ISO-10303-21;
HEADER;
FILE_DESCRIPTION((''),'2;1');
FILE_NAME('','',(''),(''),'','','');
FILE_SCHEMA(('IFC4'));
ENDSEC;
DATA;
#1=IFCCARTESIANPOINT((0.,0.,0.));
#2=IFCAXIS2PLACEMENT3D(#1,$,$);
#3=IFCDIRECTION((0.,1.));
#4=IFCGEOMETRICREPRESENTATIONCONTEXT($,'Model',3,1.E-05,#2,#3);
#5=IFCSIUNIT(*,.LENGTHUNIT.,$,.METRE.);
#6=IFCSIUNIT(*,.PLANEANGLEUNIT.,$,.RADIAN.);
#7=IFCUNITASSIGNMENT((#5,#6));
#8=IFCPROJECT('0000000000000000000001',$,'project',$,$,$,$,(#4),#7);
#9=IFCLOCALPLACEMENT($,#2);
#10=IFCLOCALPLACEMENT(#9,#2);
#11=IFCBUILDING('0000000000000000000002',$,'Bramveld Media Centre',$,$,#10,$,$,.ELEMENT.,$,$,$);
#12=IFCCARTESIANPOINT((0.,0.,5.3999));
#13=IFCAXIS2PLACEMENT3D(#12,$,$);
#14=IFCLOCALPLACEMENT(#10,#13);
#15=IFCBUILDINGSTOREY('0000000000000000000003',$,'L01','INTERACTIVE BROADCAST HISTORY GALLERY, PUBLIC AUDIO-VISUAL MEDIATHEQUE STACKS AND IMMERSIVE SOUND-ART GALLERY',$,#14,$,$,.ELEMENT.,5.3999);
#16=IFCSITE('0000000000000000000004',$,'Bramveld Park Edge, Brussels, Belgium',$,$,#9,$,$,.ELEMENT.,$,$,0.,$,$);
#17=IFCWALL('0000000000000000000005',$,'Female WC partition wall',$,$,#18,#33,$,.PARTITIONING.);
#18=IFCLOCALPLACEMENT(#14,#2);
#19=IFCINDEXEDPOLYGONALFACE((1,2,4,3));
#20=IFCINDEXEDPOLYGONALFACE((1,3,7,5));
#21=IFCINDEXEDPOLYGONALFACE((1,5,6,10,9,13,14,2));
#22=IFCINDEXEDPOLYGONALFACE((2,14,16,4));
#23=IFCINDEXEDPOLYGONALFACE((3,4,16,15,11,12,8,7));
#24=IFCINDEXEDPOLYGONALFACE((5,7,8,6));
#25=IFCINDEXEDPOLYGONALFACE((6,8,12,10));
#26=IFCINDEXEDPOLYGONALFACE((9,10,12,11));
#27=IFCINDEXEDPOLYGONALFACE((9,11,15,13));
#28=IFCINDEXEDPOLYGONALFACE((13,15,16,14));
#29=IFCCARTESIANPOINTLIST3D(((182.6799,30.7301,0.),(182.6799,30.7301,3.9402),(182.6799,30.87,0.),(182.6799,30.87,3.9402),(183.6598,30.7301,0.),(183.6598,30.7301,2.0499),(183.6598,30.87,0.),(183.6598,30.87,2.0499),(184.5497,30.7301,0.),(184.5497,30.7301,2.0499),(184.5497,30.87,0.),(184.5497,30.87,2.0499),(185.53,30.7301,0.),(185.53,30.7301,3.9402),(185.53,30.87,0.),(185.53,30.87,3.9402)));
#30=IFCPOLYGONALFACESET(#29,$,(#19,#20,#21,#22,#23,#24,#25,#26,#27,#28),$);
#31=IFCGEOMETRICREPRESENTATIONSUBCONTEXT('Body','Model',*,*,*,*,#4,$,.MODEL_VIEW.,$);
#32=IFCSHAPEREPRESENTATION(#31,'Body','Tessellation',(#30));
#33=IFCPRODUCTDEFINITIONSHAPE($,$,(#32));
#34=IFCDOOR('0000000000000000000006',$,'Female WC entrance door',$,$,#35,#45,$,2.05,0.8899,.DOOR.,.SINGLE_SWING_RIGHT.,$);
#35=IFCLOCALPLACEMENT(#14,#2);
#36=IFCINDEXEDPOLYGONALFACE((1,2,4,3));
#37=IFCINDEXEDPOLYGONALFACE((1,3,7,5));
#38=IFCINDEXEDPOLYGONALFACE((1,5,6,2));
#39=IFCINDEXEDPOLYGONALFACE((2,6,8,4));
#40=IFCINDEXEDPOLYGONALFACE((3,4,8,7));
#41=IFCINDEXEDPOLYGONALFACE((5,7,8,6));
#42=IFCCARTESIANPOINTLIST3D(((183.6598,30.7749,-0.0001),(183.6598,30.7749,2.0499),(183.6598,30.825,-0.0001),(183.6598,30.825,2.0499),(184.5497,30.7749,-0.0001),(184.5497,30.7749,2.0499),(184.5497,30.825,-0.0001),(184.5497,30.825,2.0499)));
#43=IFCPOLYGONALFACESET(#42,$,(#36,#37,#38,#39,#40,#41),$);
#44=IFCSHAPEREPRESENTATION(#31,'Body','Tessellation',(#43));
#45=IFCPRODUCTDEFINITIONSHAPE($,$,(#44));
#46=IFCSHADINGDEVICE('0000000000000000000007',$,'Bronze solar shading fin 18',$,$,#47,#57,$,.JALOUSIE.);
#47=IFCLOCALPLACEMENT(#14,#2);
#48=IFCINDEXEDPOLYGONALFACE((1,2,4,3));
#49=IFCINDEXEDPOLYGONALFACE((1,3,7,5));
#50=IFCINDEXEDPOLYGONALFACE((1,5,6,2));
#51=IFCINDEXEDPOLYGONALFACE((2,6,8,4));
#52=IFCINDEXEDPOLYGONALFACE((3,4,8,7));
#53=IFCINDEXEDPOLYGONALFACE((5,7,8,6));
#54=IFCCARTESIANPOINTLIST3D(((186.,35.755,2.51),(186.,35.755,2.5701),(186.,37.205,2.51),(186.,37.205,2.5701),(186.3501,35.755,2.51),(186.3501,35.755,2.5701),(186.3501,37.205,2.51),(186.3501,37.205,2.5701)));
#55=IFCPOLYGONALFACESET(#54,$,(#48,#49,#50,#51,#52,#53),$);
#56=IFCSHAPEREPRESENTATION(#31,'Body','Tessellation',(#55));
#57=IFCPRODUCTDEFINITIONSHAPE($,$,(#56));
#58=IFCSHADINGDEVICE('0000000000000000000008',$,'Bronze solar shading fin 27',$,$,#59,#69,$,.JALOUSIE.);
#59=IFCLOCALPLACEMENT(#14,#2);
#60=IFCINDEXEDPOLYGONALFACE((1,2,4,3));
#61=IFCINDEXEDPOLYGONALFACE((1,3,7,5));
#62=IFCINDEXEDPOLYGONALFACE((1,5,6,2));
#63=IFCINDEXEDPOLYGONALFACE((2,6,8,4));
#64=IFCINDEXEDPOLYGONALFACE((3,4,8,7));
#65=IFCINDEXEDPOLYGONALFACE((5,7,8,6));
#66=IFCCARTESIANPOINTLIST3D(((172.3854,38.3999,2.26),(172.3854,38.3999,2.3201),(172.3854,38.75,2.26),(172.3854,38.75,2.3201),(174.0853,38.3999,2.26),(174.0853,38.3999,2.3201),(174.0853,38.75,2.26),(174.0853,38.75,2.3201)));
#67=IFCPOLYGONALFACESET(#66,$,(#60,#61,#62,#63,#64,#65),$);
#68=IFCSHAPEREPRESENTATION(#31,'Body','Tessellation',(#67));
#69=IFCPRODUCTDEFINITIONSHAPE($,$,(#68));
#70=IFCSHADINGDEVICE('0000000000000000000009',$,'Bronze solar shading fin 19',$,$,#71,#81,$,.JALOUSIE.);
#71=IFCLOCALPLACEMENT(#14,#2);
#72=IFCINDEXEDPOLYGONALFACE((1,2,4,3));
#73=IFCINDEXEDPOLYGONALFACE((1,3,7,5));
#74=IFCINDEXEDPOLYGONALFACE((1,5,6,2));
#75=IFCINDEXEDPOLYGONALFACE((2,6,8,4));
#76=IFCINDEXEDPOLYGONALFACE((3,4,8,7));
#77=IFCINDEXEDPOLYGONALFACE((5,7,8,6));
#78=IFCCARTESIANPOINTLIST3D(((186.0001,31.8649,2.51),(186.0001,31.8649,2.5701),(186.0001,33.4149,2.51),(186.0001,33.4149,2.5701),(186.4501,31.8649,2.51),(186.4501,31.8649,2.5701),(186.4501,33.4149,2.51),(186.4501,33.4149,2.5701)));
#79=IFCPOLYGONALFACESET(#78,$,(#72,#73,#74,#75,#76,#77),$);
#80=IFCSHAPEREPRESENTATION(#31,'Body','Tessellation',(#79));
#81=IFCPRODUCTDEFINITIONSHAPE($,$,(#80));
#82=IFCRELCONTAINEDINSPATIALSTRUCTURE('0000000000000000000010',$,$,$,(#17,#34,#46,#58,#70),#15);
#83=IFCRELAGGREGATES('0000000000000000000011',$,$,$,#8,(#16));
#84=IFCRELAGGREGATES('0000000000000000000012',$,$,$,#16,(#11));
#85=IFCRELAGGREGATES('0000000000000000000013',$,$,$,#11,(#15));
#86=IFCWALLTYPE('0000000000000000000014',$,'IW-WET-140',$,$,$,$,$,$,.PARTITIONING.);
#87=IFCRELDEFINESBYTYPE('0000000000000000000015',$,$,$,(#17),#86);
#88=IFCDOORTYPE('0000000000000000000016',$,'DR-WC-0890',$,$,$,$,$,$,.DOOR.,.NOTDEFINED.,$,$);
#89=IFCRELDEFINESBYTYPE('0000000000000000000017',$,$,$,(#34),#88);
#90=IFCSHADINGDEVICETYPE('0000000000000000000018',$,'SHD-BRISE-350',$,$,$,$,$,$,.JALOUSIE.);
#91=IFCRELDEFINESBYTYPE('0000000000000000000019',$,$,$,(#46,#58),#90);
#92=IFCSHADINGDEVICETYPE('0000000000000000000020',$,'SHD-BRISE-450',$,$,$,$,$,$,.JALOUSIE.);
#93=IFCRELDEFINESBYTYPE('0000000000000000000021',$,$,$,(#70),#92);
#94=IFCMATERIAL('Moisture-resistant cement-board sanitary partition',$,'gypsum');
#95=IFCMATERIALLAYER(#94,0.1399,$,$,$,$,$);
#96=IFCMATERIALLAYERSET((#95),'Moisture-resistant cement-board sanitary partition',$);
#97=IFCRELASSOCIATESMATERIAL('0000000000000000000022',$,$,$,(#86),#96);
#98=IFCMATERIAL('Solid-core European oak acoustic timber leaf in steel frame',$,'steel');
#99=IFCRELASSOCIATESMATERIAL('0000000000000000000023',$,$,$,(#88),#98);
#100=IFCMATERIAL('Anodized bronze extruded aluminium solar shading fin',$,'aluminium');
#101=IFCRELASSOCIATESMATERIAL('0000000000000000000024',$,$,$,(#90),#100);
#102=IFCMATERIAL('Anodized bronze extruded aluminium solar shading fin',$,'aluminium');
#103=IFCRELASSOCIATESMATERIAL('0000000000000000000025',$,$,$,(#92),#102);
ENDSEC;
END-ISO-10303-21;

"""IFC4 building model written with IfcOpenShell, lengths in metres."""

from ifc_helpers import new_model, si_unit, direction, frame, frame_2d, origin, origin_2d, place, context, subcontext, project, spatial, rectangle, extrude, material, layer, layer_set, type_object, element, fill, save


model = new_model("IFC4")

# Units and contexts
model_context = context("Model", 3, precision=1e-05, world=origin(), true_north=direction((0.0, 1.0)))
body_context = subcontext(model_context, "Body", "Model", "MODEL_VIEW")
ifc_project = project(units=[si_unit("LENGTHUNIT", "METRE"), si_unit("PLANEANGLEUNIT", "RADIAN")], contexts=[model_context])

# Site, building, storey
site_placement = place(None, origin())
site = spatial("IfcSite", under=ifc_project, at=site_placement, Name="Bramveld Park Edge, Brussels, Belgium", CompositionType="ELEMENT", RefElevation=0.0)
building_placement = place(site_placement, origin())
building = spatial("IfcBuilding", under=site, at=building_placement, Name="Bramveld Media Centre", CompositionType="ELEMENT")
storey_placement = place(building_placement, frame((0.0, 0.0, 5.3999)))
storey = spatial("IfcBuildingStorey", under=building, at=storey_placement, Name="L01", Description="INTERACTIVE BROADCAST HISTORY GALLERY, PUBLIC AUDIO-VISUAL MEDIATHEQUE STACKS AND IMMERSIVE SOUND-ART GALLERY", CompositionType="ELEMENT", Elevation=5.3999)

# Shared definitions
ifc_material_1 = material(Name="Moisture-resistant cement-board sanitary partition", Category="gypsum")
ifc_layer_1 = layer(ifc_material_1, 0.1399)
ifc_layer_set_1 = layer_set([ifc_layer_1], Name="Moisture-resistant cement-board sanitary partition")
wall_type_1 = type_object("IfcWallType", Name="IW-WET-140", PredefinedType="PARTITIONING", material=ifc_layer_set_1)

# Wall, opening, door
wall_1_placement = place(storey_placement, frame((182.6799, 30.8, 0.0), z_axis=(0.0, 0.0, 1.0), x_axis=(1.0, 0.0, 0.0)))
wall_1 = element("IfcWall", 1, at=wall_1_placement, inside=storey, type_object=wall_type_1, Name="Female WC partition wall", PredefinedType="PARTITIONING", context=body_context, shape_type="SweptSolid", body=[
    extrude(rectangle(XDim=2.8501, YDim=0.1399, at=frame_2d((1.425, 0.0))), origin(), (0.0, 0.0, 1.0), 3.9402),
])
opening_1_placement = place(wall_1_placement, frame((0.98, 0.0, 0.0)))
opening_1 = element("IfcOpeningElement", 2, at=opening_1_placement, cuts=wall_1, PredefinedType="OPENING", context=body_context, shape_type="SweptSolid", body=[
    extrude(rectangle(XDim=0.8899, YDim=2.05, at=frame_2d((0.4448, 1.0249))), frame((0.0, 0.082, 0.0), z_axis=(0.0, -1.0, 0.0), x_axis=(1.0, 0.0, 0.0)), (0.0, 0.0, 1.0), 0.1638),
])
ifc_material_2 = material(Name="Solid-core European oak acoustic timber leaf in steel frame", Category="steel")
door_type_1 = type_object("IfcDoorType", Name="DR-WC-0890", OperationType="NOTDEFINED", PredefinedType="DOOR", material=ifc_material_2)
door_1_placement = place(opening_1_placement, origin())
door_1 = element("IfcDoor", 3, at=door_1_placement, inside=storey, type_object=door_type_1, Name="Female WC entrance door", OperationType="SINGLE_SWING_RIGHT", OverallHeight=2.05, OverallWidth=0.8899, PredefinedType="DOOR", context=body_context, shape_type="SweptSolid", body=[
    extrude(rectangle(XDim=0.8899, YDim=2.05, at=frame_2d((0.4448, 1.0249))), frame((0.0, 0.0249, 0.0), z_axis=(0.0, -1.0, 0.0), x_axis=(1.0, 0.0, 0.0)), (0.0, 0.0, 1.0), 0.05),
])
fill(opening_1, door_1)

# Shading devices
ifc_material_3 = material(Name="Anodized bronze extruded aluminium solar shading fin", Category="aluminium")
shading_device_type_1 = type_object("IfcShadingDeviceType", Name="SHD-BRISE-350", PredefinedType="JALOUSIE", material=ifc_material_3)
shading_device_1_placement = place(storey_placement, frame((186.175, 36.48, 2.51), z_axis=(0.0, 0.0, 1.0), x_axis=(1.0, 0.0, 0.0)))
element("IfcShadingDevice", 4, at=shading_device_1_placement, inside=storey, type_object=shading_device_type_1, Name="Bronze solar shading fin 18", PredefinedType="JALOUSIE", context=body_context, shape_type="SweptSolid", body=[
    extrude(rectangle(XDim=0.3501, YDim=1.45, at=origin_2d()), origin(), (0.0, 0.0, 1.0), 0.0601),
])
shading_device_2_placement = place(storey_placement, frame((173.2354, 38.575, 2.26), z_axis=(0.0, 0.0, 1.0), x_axis=(1.0, 0.0, 0.0)))
element("IfcShadingDevice", 5, at=shading_device_2_placement, inside=storey, type_object=shading_device_type_1, Name="Bronze solar shading fin 27", PredefinedType="JALOUSIE", context=body_context, shape_type="SweptSolid", body=[
    extrude(rectangle(XDim=1.7, YDim=0.3501, at=origin_2d()), origin(), (0.0, 0.0, 1.0), 0.0601),
])
ifc_material_4 = material(Name="Anodized bronze extruded aluminium solar shading fin", Category="aluminium")
shading_device_type_2 = type_object("IfcShadingDeviceType", Name="SHD-BRISE-450", PredefinedType="JALOUSIE", material=ifc_material_4)
shading_device_3_placement = place(storey_placement, frame((186.2251, 32.6399, 2.51), z_axis=(0.0, 0.0, 1.0), x_axis=(1.0, 0.0, 0.0)))
element("IfcShadingDevice", 6, at=shading_device_3_placement, inside=storey, type_object=shading_device_type_2, Name="Bronze solar shading fin 19", PredefinedType="JALOUSIE", context=body_context, shape_type="SweptSolid", body=[
    extrude(rectangle(XDim=0.45, YDim=1.55, at=origin_2d()), origin(), (0.0, 0.0, 1.0), 0.0601),
])

save(model, "model.ifc")
